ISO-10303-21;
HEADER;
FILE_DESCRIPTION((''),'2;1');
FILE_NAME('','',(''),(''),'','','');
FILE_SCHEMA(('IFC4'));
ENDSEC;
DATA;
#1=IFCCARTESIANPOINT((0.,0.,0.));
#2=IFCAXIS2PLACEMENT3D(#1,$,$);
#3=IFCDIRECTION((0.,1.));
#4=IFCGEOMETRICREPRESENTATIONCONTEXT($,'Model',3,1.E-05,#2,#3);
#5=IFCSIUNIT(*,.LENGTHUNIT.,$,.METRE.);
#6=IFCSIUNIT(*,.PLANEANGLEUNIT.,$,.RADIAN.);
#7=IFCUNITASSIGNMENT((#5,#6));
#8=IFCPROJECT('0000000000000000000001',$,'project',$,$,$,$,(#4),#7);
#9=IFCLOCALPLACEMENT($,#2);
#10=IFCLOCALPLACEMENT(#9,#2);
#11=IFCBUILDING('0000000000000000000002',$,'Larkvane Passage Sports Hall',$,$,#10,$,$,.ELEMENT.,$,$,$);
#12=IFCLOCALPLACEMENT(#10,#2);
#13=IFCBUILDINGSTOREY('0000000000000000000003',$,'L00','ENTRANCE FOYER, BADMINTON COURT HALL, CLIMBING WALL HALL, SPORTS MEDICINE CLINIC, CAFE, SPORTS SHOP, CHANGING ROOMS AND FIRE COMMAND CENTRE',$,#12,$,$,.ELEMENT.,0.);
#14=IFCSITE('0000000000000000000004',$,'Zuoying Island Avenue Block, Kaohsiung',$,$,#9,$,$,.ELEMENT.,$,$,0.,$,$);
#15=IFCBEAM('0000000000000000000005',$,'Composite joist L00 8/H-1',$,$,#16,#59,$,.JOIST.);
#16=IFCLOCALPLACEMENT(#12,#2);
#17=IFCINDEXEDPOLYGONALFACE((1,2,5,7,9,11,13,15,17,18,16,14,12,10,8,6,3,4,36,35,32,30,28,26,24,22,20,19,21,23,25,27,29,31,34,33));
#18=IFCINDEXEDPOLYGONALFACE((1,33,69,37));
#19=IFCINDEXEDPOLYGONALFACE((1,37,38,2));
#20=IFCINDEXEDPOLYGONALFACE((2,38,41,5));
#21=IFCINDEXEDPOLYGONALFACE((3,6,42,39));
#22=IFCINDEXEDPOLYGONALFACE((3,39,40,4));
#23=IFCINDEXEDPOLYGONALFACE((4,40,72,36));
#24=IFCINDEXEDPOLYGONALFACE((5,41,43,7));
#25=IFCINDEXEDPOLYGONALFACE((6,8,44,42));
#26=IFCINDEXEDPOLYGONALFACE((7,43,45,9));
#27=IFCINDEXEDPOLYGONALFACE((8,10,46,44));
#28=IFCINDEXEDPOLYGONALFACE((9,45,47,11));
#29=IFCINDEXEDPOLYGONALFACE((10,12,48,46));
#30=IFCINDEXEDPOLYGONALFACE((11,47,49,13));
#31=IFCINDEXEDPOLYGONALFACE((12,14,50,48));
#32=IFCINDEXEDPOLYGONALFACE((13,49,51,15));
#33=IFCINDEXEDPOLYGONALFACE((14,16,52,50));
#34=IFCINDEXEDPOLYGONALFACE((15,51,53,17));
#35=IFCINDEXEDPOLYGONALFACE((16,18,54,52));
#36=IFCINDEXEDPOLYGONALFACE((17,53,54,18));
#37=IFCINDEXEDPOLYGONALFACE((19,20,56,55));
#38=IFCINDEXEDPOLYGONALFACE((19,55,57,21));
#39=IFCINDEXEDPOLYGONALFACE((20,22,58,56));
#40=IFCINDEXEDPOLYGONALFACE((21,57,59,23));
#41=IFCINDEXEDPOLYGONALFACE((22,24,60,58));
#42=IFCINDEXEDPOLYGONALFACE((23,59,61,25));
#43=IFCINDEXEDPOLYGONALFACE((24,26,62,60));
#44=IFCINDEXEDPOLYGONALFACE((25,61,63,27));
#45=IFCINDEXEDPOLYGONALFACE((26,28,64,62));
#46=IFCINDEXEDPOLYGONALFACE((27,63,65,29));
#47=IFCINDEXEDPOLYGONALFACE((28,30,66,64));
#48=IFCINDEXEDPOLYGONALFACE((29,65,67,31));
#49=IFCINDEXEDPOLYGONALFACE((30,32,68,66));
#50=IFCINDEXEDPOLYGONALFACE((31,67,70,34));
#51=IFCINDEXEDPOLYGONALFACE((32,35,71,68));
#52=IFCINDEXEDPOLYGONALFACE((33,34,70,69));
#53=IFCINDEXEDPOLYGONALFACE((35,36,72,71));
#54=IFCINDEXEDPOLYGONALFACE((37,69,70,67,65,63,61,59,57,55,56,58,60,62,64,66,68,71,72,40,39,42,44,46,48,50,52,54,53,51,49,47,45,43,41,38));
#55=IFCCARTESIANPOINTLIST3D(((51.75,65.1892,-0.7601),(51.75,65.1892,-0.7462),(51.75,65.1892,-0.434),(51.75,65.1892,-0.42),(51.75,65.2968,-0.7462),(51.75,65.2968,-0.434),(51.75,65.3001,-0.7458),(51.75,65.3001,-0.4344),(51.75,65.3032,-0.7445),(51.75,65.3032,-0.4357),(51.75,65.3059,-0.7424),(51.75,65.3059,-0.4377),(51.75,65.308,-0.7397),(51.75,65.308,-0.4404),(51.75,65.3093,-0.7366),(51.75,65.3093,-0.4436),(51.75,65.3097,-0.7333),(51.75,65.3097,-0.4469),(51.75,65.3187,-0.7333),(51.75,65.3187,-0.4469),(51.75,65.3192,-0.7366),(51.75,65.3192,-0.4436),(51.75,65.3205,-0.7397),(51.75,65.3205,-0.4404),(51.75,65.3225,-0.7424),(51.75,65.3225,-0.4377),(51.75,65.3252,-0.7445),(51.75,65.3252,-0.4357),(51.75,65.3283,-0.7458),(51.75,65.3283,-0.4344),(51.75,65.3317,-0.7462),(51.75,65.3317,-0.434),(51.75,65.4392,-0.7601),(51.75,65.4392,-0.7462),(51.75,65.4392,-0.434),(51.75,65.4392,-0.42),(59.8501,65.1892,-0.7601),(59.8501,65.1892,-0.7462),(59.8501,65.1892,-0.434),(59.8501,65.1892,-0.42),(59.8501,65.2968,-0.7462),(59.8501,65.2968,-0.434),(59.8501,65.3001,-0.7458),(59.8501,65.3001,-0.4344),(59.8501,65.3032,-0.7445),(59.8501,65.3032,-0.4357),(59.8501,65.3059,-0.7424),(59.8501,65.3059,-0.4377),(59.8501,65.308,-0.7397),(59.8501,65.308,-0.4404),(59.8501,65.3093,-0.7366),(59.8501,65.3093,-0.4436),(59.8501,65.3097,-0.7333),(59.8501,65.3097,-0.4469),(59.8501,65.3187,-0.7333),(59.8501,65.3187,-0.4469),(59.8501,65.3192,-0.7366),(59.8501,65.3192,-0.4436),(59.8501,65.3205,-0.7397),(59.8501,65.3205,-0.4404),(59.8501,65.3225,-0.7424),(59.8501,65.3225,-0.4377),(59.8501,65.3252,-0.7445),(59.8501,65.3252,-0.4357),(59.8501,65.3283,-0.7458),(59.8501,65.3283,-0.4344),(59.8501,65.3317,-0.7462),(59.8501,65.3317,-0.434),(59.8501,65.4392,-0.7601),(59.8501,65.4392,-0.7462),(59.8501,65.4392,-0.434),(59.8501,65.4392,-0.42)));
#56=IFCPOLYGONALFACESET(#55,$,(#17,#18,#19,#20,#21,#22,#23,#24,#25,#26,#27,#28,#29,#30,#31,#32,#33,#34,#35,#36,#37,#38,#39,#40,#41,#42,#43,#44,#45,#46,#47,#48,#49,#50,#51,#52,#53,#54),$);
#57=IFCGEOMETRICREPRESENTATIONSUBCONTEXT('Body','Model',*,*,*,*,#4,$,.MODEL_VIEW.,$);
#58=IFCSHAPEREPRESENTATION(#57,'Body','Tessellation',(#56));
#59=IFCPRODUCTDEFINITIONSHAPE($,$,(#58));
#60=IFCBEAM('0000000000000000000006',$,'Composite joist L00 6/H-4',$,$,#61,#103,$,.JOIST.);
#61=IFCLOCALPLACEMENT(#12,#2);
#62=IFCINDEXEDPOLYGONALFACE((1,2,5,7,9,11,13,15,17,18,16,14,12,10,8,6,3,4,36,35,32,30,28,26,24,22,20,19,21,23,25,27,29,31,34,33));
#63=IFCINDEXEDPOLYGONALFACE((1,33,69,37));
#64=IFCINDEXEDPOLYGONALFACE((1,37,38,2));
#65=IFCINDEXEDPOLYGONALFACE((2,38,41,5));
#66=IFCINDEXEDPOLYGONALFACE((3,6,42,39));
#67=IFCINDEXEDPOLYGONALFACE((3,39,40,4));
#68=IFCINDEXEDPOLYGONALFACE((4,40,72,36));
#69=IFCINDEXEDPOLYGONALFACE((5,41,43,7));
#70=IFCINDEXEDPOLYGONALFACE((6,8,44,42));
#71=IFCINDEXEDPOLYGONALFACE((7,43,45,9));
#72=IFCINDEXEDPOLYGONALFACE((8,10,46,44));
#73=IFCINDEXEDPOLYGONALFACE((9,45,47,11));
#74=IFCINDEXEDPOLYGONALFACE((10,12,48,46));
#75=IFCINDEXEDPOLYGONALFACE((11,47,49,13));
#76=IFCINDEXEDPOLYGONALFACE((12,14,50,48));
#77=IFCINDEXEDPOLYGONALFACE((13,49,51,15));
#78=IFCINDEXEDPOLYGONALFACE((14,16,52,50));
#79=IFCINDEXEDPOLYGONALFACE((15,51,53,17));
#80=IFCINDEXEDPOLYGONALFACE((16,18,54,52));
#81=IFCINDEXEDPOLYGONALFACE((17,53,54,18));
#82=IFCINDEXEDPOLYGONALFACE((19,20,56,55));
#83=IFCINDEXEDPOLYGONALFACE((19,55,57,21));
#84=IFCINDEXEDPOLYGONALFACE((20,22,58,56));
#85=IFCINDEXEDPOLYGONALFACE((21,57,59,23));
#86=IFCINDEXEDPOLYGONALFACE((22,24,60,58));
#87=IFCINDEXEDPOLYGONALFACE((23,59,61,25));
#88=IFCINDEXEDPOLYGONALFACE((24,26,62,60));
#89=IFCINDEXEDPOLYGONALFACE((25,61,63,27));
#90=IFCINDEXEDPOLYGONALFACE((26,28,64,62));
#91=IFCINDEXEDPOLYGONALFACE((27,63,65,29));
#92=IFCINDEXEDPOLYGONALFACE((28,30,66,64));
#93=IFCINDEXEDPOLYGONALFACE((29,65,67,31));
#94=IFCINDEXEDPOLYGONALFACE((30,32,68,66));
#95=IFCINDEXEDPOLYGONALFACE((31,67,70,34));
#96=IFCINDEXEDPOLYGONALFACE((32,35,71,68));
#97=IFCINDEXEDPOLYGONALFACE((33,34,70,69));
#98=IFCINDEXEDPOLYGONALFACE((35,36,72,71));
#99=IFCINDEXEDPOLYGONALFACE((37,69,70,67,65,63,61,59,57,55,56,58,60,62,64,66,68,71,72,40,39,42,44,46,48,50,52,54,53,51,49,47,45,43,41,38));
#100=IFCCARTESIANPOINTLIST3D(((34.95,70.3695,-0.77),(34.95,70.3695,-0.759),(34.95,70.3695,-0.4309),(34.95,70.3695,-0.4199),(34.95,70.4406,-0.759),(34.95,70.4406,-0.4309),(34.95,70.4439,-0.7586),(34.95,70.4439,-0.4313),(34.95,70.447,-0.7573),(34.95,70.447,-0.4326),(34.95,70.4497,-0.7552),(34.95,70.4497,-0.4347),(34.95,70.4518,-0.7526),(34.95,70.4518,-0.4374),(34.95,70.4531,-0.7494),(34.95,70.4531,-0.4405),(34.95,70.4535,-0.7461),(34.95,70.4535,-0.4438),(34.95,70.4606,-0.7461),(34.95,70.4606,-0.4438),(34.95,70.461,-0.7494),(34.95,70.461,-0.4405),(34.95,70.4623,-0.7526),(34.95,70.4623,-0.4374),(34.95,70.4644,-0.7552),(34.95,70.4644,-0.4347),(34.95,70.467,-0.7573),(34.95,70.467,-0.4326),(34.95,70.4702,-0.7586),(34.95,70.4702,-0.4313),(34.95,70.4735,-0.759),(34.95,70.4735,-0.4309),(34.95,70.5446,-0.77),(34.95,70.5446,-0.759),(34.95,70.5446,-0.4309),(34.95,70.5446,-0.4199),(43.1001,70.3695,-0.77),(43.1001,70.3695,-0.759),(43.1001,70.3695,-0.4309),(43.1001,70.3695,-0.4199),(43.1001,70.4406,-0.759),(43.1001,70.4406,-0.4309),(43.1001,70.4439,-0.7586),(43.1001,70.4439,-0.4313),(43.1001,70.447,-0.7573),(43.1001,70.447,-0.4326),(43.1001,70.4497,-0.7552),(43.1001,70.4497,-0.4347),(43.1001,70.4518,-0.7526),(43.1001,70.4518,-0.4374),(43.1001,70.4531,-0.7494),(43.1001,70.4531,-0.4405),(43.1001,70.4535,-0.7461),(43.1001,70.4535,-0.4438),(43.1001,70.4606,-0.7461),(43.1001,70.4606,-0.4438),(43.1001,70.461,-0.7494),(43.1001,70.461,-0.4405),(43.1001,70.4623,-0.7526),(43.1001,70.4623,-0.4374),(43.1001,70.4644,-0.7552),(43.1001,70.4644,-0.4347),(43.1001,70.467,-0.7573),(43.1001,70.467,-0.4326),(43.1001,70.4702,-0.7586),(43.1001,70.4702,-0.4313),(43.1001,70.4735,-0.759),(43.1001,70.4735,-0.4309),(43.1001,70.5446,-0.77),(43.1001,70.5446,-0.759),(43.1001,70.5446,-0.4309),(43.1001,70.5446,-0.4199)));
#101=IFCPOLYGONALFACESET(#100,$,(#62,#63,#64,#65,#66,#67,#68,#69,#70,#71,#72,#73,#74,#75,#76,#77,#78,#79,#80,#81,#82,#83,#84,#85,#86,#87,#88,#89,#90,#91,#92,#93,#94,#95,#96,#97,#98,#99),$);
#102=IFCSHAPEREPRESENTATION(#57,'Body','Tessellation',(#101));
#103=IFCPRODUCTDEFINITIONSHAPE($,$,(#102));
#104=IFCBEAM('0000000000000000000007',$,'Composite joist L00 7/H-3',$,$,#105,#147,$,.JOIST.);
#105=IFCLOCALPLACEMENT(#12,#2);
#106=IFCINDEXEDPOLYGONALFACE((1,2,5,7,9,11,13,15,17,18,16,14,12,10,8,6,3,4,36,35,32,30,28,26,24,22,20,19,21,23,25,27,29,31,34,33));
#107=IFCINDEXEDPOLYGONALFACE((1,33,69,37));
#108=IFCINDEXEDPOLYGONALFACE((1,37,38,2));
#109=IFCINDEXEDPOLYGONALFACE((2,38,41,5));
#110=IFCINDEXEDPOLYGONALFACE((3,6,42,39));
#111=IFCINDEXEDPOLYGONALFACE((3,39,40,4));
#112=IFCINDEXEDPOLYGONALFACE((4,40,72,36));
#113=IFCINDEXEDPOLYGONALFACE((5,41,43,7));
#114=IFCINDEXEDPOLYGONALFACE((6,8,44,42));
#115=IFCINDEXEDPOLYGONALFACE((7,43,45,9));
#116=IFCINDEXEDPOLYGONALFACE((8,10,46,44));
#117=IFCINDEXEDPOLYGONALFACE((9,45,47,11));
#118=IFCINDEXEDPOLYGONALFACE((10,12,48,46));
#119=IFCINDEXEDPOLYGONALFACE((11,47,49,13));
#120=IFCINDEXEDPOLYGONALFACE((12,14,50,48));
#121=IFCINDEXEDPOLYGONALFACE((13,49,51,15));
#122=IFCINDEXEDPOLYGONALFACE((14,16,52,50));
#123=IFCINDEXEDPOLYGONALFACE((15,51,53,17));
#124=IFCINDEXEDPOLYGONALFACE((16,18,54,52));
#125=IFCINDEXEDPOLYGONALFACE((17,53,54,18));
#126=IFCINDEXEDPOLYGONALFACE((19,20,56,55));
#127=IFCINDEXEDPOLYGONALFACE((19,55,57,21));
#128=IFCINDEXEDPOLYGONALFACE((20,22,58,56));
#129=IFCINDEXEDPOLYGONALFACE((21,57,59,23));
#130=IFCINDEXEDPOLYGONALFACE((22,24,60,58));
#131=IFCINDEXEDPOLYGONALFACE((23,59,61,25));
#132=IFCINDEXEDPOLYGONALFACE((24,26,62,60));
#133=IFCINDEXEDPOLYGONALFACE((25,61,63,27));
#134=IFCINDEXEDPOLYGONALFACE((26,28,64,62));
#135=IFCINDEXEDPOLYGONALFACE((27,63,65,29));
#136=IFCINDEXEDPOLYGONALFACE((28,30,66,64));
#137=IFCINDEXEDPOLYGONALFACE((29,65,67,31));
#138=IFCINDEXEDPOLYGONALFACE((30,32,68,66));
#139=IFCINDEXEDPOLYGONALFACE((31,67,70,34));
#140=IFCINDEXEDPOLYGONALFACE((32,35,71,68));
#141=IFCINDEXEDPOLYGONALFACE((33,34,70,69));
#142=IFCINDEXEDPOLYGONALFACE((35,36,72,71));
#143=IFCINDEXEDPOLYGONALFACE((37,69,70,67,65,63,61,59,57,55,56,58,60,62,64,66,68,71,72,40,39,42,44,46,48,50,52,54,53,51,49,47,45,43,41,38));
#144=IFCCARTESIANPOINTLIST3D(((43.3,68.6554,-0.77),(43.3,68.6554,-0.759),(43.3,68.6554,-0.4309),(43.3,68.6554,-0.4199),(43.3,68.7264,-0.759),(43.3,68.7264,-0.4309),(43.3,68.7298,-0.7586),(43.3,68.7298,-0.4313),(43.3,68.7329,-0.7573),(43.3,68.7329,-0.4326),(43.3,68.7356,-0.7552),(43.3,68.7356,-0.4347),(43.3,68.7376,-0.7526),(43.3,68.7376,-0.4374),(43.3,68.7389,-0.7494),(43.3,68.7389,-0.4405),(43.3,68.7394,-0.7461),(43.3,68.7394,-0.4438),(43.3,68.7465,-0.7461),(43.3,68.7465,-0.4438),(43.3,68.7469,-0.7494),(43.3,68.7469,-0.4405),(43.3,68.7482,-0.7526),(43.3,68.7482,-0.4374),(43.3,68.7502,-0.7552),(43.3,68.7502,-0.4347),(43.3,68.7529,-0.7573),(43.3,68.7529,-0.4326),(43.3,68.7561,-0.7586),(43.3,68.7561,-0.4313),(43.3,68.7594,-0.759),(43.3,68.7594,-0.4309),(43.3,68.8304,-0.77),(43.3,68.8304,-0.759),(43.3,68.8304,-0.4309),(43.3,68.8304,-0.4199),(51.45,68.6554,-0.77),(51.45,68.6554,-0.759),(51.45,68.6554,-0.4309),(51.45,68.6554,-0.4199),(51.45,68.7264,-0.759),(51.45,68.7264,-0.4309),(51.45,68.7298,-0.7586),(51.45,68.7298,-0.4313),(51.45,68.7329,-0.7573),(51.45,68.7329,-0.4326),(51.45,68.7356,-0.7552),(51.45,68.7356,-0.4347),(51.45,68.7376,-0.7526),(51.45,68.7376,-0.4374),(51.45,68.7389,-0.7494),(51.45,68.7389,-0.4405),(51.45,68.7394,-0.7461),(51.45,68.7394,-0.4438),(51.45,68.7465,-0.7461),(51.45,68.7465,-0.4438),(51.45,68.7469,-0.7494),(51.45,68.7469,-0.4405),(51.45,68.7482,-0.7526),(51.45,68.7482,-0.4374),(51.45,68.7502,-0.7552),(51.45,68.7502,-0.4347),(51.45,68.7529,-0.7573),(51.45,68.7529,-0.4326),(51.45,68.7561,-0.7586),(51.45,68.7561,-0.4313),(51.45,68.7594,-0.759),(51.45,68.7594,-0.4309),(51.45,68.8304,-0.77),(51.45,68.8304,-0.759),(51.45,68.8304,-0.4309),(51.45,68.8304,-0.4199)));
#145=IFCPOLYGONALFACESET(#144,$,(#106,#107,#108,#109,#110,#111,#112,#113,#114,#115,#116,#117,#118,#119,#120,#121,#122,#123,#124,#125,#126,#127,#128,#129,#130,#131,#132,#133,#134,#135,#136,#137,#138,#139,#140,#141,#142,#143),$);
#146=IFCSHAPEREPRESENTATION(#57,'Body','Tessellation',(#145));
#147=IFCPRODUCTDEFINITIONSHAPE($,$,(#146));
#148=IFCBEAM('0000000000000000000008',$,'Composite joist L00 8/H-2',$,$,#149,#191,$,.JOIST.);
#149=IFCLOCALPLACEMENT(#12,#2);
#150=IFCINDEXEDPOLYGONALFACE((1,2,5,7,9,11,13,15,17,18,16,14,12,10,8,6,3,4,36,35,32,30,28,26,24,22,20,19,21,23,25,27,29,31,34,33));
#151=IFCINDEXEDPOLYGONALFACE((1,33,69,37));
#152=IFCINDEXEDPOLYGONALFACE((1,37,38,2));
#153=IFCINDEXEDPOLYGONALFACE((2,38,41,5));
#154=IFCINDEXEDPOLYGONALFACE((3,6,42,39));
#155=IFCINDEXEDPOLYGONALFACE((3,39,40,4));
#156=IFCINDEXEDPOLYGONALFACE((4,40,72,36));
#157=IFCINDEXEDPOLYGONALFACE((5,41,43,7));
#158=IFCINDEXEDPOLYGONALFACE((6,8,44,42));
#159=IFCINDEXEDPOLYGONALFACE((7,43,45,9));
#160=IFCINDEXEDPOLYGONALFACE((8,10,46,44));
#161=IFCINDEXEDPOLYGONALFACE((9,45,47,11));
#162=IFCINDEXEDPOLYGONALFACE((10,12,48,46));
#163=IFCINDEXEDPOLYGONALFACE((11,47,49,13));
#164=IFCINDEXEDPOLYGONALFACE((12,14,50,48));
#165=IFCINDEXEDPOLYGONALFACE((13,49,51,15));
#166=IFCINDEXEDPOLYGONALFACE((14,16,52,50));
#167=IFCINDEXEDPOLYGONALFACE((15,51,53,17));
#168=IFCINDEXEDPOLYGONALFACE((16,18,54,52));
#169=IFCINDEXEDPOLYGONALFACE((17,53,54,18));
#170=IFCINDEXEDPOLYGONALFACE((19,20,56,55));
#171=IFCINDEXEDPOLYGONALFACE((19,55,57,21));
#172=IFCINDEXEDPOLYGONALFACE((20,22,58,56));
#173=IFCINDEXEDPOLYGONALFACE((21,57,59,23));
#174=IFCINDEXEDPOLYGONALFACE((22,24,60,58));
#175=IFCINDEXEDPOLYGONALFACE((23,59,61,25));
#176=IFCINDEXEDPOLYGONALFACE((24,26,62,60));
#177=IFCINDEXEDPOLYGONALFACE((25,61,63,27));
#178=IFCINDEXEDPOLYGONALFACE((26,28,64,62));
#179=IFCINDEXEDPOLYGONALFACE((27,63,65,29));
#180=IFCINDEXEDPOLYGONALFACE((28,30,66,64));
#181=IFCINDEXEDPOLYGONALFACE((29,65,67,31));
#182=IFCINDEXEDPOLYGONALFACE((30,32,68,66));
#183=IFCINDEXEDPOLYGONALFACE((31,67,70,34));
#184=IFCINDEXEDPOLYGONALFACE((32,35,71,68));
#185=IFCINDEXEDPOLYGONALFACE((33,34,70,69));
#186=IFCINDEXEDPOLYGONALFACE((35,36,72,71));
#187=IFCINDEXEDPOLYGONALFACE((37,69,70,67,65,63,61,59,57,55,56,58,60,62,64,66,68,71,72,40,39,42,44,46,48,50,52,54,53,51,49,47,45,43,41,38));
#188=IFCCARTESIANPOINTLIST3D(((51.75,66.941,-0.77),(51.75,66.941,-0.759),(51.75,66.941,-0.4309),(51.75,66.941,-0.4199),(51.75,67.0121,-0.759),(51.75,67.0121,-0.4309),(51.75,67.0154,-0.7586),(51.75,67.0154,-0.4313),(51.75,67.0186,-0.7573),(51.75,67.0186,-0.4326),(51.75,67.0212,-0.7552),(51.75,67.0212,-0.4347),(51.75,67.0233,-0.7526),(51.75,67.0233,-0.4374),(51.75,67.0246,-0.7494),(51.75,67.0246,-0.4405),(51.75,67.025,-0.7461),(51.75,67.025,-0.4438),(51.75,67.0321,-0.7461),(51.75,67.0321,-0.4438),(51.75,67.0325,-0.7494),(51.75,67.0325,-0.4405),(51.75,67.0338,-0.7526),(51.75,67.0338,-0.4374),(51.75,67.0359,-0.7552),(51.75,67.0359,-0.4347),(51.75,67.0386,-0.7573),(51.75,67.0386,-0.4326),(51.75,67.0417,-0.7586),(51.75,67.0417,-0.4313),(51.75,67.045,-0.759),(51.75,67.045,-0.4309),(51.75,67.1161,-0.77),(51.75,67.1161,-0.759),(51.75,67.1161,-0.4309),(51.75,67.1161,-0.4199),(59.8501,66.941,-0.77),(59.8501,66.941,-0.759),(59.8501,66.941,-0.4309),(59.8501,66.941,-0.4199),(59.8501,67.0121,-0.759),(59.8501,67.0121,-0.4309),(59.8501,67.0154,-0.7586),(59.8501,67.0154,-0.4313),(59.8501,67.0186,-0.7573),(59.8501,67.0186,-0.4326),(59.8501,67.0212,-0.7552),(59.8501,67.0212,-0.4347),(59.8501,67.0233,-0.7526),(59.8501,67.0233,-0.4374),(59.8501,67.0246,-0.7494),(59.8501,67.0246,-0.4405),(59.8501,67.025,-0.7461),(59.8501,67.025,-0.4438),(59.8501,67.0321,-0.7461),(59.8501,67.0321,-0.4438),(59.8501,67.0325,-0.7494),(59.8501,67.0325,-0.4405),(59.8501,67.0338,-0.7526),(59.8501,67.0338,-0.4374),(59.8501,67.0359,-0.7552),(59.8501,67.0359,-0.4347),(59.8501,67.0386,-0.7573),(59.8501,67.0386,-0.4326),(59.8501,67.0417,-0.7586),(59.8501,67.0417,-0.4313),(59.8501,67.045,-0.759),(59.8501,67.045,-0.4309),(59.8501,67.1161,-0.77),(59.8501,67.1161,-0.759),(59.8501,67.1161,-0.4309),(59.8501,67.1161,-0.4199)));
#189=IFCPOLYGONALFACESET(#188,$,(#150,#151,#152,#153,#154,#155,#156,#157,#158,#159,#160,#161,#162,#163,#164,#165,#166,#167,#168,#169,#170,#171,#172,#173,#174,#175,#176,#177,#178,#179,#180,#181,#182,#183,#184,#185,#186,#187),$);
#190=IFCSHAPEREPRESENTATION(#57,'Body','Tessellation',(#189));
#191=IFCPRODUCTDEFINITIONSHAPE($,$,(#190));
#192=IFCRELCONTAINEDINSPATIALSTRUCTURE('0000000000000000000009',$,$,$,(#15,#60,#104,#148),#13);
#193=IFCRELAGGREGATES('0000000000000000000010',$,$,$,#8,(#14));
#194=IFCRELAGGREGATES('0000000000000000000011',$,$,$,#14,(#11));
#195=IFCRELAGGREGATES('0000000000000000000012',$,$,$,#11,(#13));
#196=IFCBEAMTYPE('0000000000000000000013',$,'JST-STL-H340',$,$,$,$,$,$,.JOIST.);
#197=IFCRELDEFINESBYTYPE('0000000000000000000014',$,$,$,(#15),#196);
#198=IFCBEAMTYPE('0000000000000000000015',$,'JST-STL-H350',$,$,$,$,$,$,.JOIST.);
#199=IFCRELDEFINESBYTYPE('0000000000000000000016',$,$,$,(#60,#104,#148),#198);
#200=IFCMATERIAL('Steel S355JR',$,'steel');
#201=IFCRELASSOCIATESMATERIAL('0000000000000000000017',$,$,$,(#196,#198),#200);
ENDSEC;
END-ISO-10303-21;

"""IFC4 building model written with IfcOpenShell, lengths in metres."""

from ifc_helpers import new_model, si_unit, direction, frame, origin, origin_2d, place, context, subcontext, project, spatial, i_section, extrude, material, material_profile, profile_set, type_object, element, save


model = new_model("IFC4")

# Units and contexts
model_context = context("Model", 3, precision=1e-05, world=origin(), true_north=direction((0.0, 1.0)))
body_context = subcontext(model_context, "Body", "Model", "MODEL_VIEW")
ifc_project = project(units=[si_unit("LENGTHUNIT", "METRE"), si_unit("PLANEANGLEUNIT", "RADIAN")], contexts=[model_context])

# Site, building, storey
site_placement = place(None, origin())
site = spatial("IfcSite", under=ifc_project, at=site_placement, Name="Zuoying Island Avenue Block, Kaohsiung", CompositionType="ELEMENT", RefElevation=0.0)
building_placement = place(site_placement, origin())
building = spatial("IfcBuilding", under=site, at=building_placement, Name="Larkvane Passage Sports Hall", CompositionType="ELEMENT")
storey_placement = place(building_placement, origin())
storey = spatial("IfcBuildingStorey", under=building, at=storey_placement, Name="L00", Description="ENTRANCE FOYER, BADMINTON COURT HALL, CLIMBING WALL HALL, SPORTS MEDICINE CLINIC, CAFE, SPORTS SHOP, CHANGING ROOMS AND FIRE COMMAND CENTRE", CompositionType="ELEMENT", Elevation=0.0)

# Beams
ifc_material_1 = material(Name="Steel S355JR", Category="steel")
ifc_material_profile_1 = material_profile(ifc_material_1, i_section(OverallWidth=0.25, OverallDepth=0.3401, WebThickness=0.009, FlangeThickness=0.0139, FilletRadius=0.0129, at=origin_2d()), Name="H-340x250x9x14")
ifc_profile_set_1 = profile_set([ifc_material_profile_1], Name="Steel S355JR")
beam_type_1 = type_object("IfcBeamType", Name="JST-STL-H340", PredefinedType="JOIST", material=ifc_profile_set_1)
beam_1_placement = place(storey_placement, frame((51.75, 65.3142, -0.5901), z_axis=(1.0, 0.0, 0.0), x_axis=(0.0, 1.0, 0.0)))
element("IfcBeam", 1, at=beam_1_placement, inside=storey, type_object=beam_type_1, Name="Composite joist L00 8/H-1", PredefinedType="JOIST", context=body_context, shape_type="SweptSolid", body=[
    extrude(i_section(OverallWidth=0.25, OverallDepth=0.3401, WebThickness=0.009, FlangeThickness=0.0139, FilletRadius=0.0129, at=origin_2d()), origin(), (0.0, 0.0, 1.0), 8.1001),
])
ifc_material_profile_2 = material_profile(ifc_material_1, i_section(OverallWidth=0.175, OverallDepth=0.3501, WebThickness=0.0071, FlangeThickness=0.011, FilletRadius=0.0129, at=origin_2d()), Name="H-350x175x7x11")
ifc_profile_set_2 = profile_set([ifc_material_profile_2], Name="Steel S355JR")
beam_type_2 = type_object("IfcBeamType", Name="JST-STL-H350", PredefinedType="JOIST", material=ifc_profile_set_2)
beam_2_placement = place(storey_placement, frame((34.95, 70.457, -0.595), z_axis=(1.0, 0.0, 0.0), x_axis=(0.0, 1.0, 0.0)))
element("IfcBeam", 2, at=beam_2_placement, inside=storey, type_object=beam_type_2, Name="Composite joist L00 6/H-4", PredefinedType="JOIST", context=body_context, shape_type="SweptSolid", body=[
    extrude(i_section(OverallWidth=0.175, OverallDepth=0.3501, WebThickness=0.0071, FlangeThickness=0.011, FilletRadius=0.0129, at=origin_2d()), origin(), (0.0, 0.0, 1.0), 8.1501),
])
beam_3_placement = place(storey_placement, frame((43.3, 68.7429, -0.595), z_axis=(1.0, 0.0, 0.0), x_axis=(0.0, 1.0, 0.0)))
element("IfcBeam", 3, at=beam_3_placement, inside=storey, type_object=beam_type_2, Name="Composite joist L00 7/H-3", PredefinedType="JOIST", context=body_context, shape_type="SweptSolid", body=[
    extrude(i_section(OverallWidth=0.175, OverallDepth=0.3501, WebThickness=0.0071, FlangeThickness=0.011, FilletRadius=0.0129, at=origin_2d()), origin(), (0.0, 0.0, 1.0), 8.1499),
])
beam_4_placement = place(storey_placement, frame((51.75, 67.0286, -0.595), z_axis=(1.0, 0.0, 0.0), x_axis=(0.0, 1.0, 0.0)))
element("IfcBeam", 4, at=beam_4_placement, inside=storey, type_object=beam_type_2, Name="Composite joist L00 8/H-2", PredefinedType="JOIST", context=body_context, shape_type="SweptSolid", body=[
    extrude(i_section(OverallWidth=0.175, OverallDepth=0.3501, WebThickness=0.0071, FlangeThickness=0.011, FilletRadius=0.0129, at=origin_2d()), origin(), (0.0, 0.0, 1.0), 8.1001),
])

save(model, "model.ifc")
